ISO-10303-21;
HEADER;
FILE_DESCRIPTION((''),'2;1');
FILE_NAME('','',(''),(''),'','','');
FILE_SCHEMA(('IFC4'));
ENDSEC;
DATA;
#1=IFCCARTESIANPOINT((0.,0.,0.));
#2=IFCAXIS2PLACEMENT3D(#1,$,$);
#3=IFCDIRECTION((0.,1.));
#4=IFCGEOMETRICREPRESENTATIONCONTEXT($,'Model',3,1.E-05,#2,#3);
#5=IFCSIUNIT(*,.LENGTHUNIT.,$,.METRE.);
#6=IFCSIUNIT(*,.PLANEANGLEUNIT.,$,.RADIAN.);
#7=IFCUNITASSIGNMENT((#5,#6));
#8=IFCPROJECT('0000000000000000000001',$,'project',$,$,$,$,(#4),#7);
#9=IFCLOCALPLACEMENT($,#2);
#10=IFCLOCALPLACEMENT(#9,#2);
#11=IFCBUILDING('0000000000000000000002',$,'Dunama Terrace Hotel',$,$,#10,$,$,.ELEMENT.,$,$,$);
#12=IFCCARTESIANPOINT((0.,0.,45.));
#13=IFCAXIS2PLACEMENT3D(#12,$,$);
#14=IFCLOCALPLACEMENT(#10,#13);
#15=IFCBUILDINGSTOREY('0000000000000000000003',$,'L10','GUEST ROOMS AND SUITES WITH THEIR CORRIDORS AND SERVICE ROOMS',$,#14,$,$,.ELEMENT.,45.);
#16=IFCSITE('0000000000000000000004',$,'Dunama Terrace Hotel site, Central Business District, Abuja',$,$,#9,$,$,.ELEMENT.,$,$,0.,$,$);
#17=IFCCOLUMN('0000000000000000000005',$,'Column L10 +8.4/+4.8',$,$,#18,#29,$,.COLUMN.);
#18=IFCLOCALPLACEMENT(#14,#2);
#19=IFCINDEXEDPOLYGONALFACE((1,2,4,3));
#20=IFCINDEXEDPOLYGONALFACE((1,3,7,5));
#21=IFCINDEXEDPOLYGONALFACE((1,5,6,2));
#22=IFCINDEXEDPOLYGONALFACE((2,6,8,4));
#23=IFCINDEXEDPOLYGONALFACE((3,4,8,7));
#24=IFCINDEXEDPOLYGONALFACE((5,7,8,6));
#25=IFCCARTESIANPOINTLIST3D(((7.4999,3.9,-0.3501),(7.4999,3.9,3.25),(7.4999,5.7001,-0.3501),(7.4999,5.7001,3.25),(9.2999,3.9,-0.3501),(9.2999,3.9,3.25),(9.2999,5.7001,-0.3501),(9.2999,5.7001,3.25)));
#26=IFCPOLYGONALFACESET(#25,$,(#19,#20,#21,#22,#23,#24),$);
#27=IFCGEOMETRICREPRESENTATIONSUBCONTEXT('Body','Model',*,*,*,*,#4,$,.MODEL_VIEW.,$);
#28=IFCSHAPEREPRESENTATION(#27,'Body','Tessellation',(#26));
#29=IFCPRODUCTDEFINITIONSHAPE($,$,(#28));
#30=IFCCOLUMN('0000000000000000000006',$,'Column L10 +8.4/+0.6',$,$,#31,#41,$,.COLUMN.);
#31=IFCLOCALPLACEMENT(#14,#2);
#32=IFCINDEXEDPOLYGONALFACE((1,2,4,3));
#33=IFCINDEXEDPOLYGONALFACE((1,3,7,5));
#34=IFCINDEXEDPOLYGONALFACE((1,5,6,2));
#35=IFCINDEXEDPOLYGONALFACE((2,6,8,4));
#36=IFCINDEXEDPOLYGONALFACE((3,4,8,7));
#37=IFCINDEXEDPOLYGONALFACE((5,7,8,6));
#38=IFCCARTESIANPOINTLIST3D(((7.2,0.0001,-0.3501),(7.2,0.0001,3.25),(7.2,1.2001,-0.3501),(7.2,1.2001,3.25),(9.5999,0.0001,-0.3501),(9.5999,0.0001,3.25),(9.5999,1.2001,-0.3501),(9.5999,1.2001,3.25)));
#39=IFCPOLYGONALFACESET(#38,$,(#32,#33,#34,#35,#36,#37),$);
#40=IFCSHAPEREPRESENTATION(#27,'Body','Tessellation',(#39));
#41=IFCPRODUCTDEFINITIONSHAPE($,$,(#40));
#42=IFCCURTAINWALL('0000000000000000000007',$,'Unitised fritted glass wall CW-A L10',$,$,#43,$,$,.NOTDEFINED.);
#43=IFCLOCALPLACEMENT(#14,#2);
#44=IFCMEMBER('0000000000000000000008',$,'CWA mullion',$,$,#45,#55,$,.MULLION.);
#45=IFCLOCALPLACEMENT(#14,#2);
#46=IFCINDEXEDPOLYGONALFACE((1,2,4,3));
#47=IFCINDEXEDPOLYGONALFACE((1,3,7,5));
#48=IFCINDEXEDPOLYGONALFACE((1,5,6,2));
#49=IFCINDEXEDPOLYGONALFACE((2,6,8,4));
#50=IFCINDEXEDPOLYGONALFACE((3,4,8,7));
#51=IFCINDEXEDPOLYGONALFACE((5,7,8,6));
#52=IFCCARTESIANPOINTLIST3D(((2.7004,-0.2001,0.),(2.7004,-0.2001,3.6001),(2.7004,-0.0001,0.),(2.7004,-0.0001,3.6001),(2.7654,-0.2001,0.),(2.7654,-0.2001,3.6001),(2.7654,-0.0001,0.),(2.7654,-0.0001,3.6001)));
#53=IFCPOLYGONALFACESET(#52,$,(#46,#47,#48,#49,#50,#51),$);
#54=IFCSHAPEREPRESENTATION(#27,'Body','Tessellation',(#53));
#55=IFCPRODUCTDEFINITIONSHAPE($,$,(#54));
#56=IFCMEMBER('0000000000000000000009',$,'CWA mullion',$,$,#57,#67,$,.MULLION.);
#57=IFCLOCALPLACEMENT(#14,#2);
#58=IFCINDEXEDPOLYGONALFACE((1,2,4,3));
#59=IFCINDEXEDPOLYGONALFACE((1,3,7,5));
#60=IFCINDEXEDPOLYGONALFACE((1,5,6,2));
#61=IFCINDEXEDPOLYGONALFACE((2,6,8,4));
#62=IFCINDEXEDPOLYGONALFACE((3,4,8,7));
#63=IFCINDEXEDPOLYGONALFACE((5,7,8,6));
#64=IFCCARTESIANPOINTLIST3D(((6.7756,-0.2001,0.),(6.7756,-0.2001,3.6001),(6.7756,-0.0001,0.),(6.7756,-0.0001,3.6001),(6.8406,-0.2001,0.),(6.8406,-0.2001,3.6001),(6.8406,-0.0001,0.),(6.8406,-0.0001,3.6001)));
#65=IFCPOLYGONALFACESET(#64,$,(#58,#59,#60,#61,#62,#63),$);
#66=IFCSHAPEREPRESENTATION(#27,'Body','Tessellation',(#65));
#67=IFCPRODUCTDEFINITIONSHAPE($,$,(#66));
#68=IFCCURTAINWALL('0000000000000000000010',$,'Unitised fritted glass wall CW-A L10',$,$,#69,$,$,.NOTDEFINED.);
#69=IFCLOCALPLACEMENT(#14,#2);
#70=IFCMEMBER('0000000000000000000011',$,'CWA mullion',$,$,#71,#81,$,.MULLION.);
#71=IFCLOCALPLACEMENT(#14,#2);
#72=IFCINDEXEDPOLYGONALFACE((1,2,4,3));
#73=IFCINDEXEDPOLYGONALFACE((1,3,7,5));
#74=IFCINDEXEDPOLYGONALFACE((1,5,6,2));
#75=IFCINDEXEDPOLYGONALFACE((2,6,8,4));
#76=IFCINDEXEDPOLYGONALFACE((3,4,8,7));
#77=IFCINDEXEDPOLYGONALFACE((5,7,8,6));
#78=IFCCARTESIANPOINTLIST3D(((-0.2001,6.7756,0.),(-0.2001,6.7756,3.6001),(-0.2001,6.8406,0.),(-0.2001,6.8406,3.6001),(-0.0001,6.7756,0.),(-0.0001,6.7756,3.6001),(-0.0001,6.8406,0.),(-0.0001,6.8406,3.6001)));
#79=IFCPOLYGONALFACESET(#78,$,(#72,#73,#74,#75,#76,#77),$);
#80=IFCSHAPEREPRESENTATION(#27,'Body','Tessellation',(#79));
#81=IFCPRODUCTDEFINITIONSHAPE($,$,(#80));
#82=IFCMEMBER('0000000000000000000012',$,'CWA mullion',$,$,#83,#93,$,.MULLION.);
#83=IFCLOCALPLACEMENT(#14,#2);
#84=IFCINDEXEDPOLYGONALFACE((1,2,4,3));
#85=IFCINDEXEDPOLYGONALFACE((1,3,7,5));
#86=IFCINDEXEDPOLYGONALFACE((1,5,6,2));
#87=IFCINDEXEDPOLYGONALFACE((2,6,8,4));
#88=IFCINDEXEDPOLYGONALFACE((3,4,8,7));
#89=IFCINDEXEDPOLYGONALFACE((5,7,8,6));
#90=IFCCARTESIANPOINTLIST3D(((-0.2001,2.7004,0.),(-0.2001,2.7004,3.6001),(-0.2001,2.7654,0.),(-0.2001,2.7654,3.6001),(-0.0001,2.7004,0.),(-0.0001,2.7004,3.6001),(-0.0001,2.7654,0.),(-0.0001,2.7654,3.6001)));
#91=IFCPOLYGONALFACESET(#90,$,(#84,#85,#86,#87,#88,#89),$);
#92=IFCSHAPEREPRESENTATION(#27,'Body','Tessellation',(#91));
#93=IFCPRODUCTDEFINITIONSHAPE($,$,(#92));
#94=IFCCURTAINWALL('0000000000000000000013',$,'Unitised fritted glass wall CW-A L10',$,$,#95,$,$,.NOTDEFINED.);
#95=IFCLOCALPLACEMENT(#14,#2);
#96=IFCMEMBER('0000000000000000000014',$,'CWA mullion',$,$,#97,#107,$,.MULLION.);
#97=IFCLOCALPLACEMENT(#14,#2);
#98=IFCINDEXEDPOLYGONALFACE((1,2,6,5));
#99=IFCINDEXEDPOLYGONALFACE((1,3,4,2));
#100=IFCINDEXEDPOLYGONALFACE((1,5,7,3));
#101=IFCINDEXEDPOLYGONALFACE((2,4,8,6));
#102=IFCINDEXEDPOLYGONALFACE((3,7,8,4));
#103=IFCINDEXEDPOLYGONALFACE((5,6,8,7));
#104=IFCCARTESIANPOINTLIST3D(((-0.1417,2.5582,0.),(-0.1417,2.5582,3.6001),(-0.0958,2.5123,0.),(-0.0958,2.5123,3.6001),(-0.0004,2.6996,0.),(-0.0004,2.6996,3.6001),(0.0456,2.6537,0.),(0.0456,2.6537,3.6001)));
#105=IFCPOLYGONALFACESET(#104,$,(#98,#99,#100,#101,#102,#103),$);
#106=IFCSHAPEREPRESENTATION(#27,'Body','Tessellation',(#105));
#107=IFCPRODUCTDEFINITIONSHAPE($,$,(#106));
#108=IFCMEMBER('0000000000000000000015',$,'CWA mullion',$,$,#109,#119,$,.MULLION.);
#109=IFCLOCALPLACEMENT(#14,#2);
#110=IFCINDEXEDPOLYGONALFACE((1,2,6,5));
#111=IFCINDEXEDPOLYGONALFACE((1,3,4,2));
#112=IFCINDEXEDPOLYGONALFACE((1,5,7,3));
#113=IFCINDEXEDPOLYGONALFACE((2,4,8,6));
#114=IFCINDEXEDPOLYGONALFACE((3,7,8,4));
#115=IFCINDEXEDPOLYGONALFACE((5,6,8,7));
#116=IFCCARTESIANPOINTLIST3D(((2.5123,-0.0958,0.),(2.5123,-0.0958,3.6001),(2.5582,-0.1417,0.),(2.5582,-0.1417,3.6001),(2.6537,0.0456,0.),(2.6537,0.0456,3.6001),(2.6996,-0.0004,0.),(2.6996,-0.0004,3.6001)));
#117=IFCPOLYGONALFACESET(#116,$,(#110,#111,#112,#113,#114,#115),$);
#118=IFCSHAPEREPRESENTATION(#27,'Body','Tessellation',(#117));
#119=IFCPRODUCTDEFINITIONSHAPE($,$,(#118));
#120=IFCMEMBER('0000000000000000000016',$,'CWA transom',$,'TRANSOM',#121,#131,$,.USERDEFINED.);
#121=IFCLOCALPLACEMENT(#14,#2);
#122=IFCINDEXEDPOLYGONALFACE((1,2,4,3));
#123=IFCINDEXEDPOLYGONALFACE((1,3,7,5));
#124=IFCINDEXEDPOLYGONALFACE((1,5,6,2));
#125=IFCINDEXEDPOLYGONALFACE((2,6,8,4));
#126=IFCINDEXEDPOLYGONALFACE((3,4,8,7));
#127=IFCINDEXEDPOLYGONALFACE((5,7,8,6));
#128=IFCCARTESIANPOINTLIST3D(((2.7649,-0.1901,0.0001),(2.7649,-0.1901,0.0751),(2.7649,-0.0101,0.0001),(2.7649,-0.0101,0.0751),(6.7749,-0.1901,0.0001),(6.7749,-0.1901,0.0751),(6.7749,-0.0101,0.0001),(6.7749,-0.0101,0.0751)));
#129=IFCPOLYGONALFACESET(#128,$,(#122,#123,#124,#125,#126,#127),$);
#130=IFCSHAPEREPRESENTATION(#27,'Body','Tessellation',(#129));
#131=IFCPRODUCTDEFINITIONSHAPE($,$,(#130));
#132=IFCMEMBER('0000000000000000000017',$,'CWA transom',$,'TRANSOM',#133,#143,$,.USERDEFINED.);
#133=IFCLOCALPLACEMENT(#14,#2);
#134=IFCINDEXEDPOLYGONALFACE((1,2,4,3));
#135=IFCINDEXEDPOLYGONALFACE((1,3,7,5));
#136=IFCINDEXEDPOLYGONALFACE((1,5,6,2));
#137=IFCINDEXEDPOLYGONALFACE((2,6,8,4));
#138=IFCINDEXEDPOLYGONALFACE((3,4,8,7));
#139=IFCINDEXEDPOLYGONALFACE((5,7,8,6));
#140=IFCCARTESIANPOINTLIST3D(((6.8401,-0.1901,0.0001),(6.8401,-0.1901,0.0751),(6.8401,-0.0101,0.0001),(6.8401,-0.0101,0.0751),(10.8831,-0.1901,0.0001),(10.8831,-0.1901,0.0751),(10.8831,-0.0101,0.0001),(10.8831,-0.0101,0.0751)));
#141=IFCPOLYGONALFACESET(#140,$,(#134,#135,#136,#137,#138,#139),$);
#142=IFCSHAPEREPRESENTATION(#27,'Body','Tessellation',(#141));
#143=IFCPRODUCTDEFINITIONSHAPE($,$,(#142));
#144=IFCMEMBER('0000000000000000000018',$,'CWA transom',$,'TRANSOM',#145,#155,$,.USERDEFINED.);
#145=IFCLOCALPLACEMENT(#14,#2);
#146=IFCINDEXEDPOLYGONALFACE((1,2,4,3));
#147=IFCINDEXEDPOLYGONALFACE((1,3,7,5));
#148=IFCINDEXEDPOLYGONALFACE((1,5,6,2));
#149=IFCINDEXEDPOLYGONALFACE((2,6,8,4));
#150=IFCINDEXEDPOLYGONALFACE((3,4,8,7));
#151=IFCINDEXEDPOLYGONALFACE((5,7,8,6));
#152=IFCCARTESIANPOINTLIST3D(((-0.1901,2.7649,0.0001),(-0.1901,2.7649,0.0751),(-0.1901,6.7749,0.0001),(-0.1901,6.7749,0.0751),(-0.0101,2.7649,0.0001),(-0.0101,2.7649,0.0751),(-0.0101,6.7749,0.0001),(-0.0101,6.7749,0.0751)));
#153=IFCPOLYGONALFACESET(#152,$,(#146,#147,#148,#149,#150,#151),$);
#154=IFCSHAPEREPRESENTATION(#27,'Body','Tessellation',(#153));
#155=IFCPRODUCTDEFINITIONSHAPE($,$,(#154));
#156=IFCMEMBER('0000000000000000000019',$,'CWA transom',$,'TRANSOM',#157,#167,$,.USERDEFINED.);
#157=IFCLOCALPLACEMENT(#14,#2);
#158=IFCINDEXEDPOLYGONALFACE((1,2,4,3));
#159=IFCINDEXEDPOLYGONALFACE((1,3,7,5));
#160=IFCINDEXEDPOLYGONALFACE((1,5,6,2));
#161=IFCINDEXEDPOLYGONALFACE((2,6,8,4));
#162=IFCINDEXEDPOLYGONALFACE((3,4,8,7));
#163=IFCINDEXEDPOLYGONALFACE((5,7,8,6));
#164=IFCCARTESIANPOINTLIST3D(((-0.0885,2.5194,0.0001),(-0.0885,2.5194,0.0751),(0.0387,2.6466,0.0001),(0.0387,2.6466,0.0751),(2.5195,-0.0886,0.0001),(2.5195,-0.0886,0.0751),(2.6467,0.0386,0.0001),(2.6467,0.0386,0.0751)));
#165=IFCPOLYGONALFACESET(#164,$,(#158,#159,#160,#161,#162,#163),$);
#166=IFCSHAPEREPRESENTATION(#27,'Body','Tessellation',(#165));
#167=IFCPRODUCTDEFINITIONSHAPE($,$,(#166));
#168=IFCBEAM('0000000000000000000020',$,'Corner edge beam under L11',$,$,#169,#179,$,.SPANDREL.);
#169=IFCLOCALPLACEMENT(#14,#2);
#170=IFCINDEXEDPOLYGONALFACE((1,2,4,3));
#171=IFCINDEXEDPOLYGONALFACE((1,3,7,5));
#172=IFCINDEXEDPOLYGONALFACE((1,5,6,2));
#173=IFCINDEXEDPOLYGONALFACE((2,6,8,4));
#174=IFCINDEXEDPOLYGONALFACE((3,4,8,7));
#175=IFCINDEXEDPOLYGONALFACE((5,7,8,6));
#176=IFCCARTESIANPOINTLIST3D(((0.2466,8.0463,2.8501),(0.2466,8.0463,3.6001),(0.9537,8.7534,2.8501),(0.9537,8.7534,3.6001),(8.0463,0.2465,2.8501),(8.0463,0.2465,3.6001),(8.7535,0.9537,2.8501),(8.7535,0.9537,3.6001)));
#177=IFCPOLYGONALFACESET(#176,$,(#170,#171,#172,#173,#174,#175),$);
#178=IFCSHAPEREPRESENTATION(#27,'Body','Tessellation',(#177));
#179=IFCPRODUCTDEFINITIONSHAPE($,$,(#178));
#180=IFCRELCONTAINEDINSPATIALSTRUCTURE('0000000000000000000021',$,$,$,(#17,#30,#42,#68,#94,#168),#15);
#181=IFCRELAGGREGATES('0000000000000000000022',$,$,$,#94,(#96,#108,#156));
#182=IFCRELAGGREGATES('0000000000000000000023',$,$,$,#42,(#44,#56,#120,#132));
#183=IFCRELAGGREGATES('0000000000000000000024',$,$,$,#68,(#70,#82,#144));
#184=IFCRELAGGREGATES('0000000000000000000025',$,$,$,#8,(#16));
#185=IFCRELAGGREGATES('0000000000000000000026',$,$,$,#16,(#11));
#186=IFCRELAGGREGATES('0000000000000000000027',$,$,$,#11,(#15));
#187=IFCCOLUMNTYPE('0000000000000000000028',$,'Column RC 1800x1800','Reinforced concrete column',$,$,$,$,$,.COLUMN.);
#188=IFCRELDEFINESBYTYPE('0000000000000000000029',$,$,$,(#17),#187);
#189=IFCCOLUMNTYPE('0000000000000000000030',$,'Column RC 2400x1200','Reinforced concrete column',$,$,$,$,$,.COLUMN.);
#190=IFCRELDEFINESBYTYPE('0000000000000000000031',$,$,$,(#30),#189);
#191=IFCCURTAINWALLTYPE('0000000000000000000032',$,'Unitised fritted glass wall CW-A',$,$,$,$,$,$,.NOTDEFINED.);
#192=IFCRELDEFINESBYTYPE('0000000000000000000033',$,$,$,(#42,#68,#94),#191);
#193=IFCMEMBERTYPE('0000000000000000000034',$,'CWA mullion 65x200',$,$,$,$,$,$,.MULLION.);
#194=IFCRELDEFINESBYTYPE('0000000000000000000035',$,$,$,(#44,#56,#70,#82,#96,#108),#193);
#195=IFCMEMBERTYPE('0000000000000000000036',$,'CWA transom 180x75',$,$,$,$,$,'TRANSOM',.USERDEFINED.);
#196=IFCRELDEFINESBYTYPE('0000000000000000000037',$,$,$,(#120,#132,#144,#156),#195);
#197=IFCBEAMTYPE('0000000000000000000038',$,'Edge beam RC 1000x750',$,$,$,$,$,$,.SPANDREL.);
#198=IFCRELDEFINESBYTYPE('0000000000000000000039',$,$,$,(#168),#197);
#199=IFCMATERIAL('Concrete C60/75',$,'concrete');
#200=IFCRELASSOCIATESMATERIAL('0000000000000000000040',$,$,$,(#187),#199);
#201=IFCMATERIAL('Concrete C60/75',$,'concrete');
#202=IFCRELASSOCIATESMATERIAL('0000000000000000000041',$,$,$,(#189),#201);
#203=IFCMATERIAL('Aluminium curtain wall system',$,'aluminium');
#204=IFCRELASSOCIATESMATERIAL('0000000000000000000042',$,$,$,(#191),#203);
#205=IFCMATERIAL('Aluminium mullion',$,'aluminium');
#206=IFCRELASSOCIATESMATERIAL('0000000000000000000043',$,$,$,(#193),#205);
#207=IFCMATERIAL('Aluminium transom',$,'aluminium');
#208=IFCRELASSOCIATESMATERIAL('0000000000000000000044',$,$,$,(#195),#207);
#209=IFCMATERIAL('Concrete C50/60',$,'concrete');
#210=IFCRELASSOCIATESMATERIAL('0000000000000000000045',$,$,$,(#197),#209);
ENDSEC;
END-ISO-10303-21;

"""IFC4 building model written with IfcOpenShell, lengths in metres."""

from ifc_helpers import new_model, si_unit, direction, frame, origin, origin_2d, place, context, subcontext, project, spatial, rectangle, extrude, material, material_profile, profile_set, type_object, element, aggregate, save


model = new_model("IFC4")

# Units and contexts
model_context = context("Model", 3, precision=1e-05, world=origin(), true_north=direction((0.0, 1.0)))
body_context = subcontext(model_context, "Body", "Model", "MODEL_VIEW")
ifc_project = project(units=[si_unit("LENGTHUNIT", "METRE"), si_unit("PLANEANGLEUNIT", "RADIAN")], contexts=[model_context])

# Site, building, storey
site_placement = place(None, origin())
site = spatial("IfcSite", under=ifc_project, at=site_placement, Name="Dunama Terrace Hotel site, Central Business District, Abuja", CompositionType="ELEMENT", RefElevation=0.0)
building_placement = place(site_placement, origin())
building = spatial("IfcBuilding", under=site, at=building_placement, Name="Dunama Terrace Hotel", CompositionType="ELEMENT")
storey_placement = place(building_placement, frame((0.0, 0.0, 45.0)))
storey = spatial("IfcBuildingStorey", under=building, at=storey_placement, Name="L10", Description="GUEST ROOMS AND SUITES WITH THEIR CORRIDORS AND SERVICE ROOMS", CompositionType="ELEMENT", Elevation=45.0)

# Columns
ifc_material_1 = material(Name="Concrete C60/75", Category="concrete")
ifc_material_profile_1 = material_profile(ifc_material_1, rectangle(XDim=1.8, YDim=1.8, at=origin_2d()), Name="RC 1800x1800")
ifc_profile_set_1 = profile_set([ifc_material_profile_1], Name="Concrete C60/75")
column_type_1 = type_object("IfcColumnType", Name="Column RC 1800x1800", Description="Reinforced concrete column", PredefinedType="COLUMN", material=ifc_profile_set_1)
column_1_placement = place(storey_placement, frame((8.3999, 4.8, -0.3501), z_axis=(0.0, 0.0, 1.0), x_axis=(1.0, 0.0, 0.0)))
element("IfcColumn", 1, at=column_1_placement, inside=storey, type_object=column_type_1, Name="Column L10 +8.4/+4.8", PredefinedType="COLUMN", context=body_context, shape_type="SweptSolid", body=[
    extrude(rectangle(XDim=1.8, YDim=1.8, at=origin_2d()), origin(), (0.0, 0.0, 1.0), 3.6001),
])
ifc_material_2 = material(Name="Concrete C60/75", Category="concrete")
ifc_material_profile_2 = material_profile(ifc_material_2, rectangle(XDim=2.3999, YDim=1.2, at=origin_2d()), Name="RC 2400x1200")
ifc_profile_set_2 = profile_set([ifc_material_profile_2], Name="Concrete C60/75")
column_type_2 = type_object("IfcColumnType", Name="Column RC 2400x1200", Description="Reinforced concrete column", PredefinedType="COLUMN", material=ifc_profile_set_2)
column_2_placement = place(storey_placement, frame((8.3999, 0.6001, -0.3501), z_axis=(0.0, 0.0, 1.0), x_axis=(1.0, 0.0, 0.0)))
element("IfcColumn", 2, at=column_2_placement, inside=storey, type_object=column_type_2, Name="Column L10 +8.4/+0.6", PredefinedType="COLUMN", context=body_context, shape_type="SweptSolid", body=[
    extrude(rectangle(XDim=2.3999, YDim=1.2, at=origin_2d()), origin(), (0.0, 0.0, 1.0), 3.6001),
])

# Curtain walls, members
ifc_material_3 = material(Name="Aluminium curtain wall system", Category="aluminium")
curtain_wall_type = type_object("IfcCurtainWallType", Name="Unitised fritted glass wall CW-A", PredefinedType="NOTDEFINED", material=ifc_material_3)
curtain_wall_1_placement = place(storey_placement, origin())
curtain_wall_1 = element("IfcCurtainWall", 3, at=curtain_wall_1_placement, inside=storey, type_object=curtain_wall_type, Name="Unitised fritted glass wall CW-A L10", PredefinedType="NOTDEFINED")
ifc_material_4 = material(Name="Aluminium mullion", Category="aluminium")
ifc_material_profile_3 = material_profile(ifc_material_4, rectangle(XDim=0.0649, YDim=0.2, at=origin_2d()), Name="CWA MULLION 65X200")
ifc_profile_set_3 = profile_set([ifc_material_profile_3], Name="Aluminium mullion")
member_type_1 = type_object("IfcMemberType", Name="CWA mullion 65x200", PredefinedType="MULLION", material=ifc_profile_set_3)
member_1_placement = place(storey_placement, frame((2.7329, -0.1001, 0.0), z_axis=(0.0, 0.0, 1.0), x_axis=(1.0, 0.0, 0.0)))
member_1 = element("IfcMember", 4, at=member_1_placement, type_object=member_type_1, Name="CWA mullion", PredefinedType="MULLION", context=body_context, shape_type="SweptSolid", body=[
    extrude(rectangle(XDim=0.0649, YDim=0.2, at=origin_2d()), origin(), (0.0, 0.0, 1.0), 3.6001),
])
member_2_placement = place(storey_placement, frame((6.8081, -0.1001, 0.0), z_axis=(0.0, 0.0, 1.0), x_axis=(1.0, 0.0, 0.0)))
member_2 = element("IfcMember", 5, at=member_2_placement, type_object=member_type_1, Name="CWA mullion", PredefinedType="MULLION", context=body_context, shape_type="SweptSolid", body=[
    extrude(rectangle(XDim=0.0649, YDim=0.2, at=origin_2d()), origin(), (0.0, 0.0, 1.0), 3.6001),
])
curtain_wall_2_placement = place(storey_placement, origin())
curtain_wall_2 = element("IfcCurtainWall", 6, at=curtain_wall_2_placement, inside=storey, type_object=curtain_wall_type, Name="Unitised fritted glass wall CW-A L10", PredefinedType="NOTDEFINED")
member_3_placement = place(storey_placement, frame((-0.1001, 6.8081, 0.0), z_axis=(0.0, 0.0, 1.0), x_axis=(0.0, -1.0, 0.0)))
member_3 = element("IfcMember", 7, at=member_3_placement, type_object=member_type_1, Name="CWA mullion", PredefinedType="MULLION", context=body_context, shape_type="SweptSolid", body=[
    extrude(rectangle(XDim=0.0649, YDim=0.2, at=origin_2d()), origin(), (0.0, 0.0, 1.0), 3.6001),
])
member_4_placement = place(storey_placement, frame((-0.1001, 2.7329, 0.0), z_axis=(0.0, 0.0, 1.0), x_axis=(0.0, -1.0, 0.0)))
member_4 = element("IfcMember", 8, at=member_4_placement, type_object=member_type_1, Name="CWA mullion", PredefinedType="MULLION", context=body_context, shape_type="SweptSolid", body=[
    extrude(rectangle(XDim=0.0649, YDim=0.2, at=origin_2d()), origin(), (0.0, 0.0, 1.0), 3.6001),
])
curtain_wall_3_placement = place(storey_placement, origin())
curtain_wall_3 = element("IfcCurtainWall", 9, at=curtain_wall_3_placement, inside=storey, type_object=curtain_wall_type, Name="Unitised fritted glass wall CW-A L10", PredefinedType="NOTDEFINED")
member_5_placement = place(storey_placement, frame((-0.0481, 2.606, 0.0), z_axis=(0.0, 0.0, 1.0), x_axis=(0.707107, -0.707107, 0.0)))
member_5 = element("IfcMember", 10, at=member_5_placement, type_object=member_type_1, Name="CWA mullion", PredefinedType="MULLION", context=body_context, shape_type="SweptSolid", body=[
    extrude(rectangle(XDim=0.0649, YDim=0.2, at=origin_2d()), origin(), (0.0, 0.0, 1.0), 3.6001),
])
member_6_placement = place(storey_placement, frame((2.606, -0.0481, 0.0), z_axis=(0.0, 0.0, 1.0), x_axis=(0.707107, -0.707107, 0.0)))
member_6 = element("IfcMember", 11, at=member_6_placement, type_object=member_type_1, Name="CWA mullion", PredefinedType="MULLION", context=body_context, shape_type="SweptSolid", body=[
    extrude(rectangle(XDim=0.0649, YDim=0.2, at=origin_2d()), origin(), (0.0, 0.0, 1.0), 3.6001),
])

# Members
ifc_material_5 = material(Name="Aluminium transom", Category="aluminium")
ifc_material_profile_4 = material_profile(ifc_material_5, rectangle(XDim=0.1799, YDim=0.075, at=origin_2d()), Name="CWA TRANSOM 180X75")
ifc_profile_set_4 = profile_set([ifc_material_profile_4], Name="Aluminium transom")
member_type_2 = type_object("IfcMemberType", Name="CWA transom 180x75", ElementType="TRANSOM", PredefinedType="USERDEFINED", material=ifc_profile_set_4)
member_7_placement = place(storey_placement, frame((2.7649, -0.1001, 0.0376), z_axis=(1.0, 0.0, 0.0), x_axis=(0.0, 1.0, 0.0)))
member_7 = element("IfcMember", 12, at=member_7_placement, type_object=member_type_2, Name="CWA transom", ObjectType="TRANSOM", PredefinedType="USERDEFINED", context=body_context, shape_type="SweptSolid", body=[
    extrude(rectangle(XDim=0.1799, YDim=0.075, at=origin_2d()), origin(), (0.0, 0.0, 1.0), 4.01),
])
member_8_placement = place(storey_placement, frame((6.8401, -0.1001, 0.0376), z_axis=(1.0, 0.0, 0.0), x_axis=(0.0, 1.0, 0.0)))
member_8 = element("IfcMember", 13, at=member_8_placement, type_object=member_type_2, Name="CWA transom", ObjectType="TRANSOM", PredefinedType="USERDEFINED", context=body_context, shape_type="SweptSolid", body=[
    extrude(rectangle(XDim=0.1799, YDim=0.075, at=origin_2d()), origin(), (0.0, 0.0, 1.0), 4.043),
])
member_9_placement = place(storey_placement, frame((-0.1001, 6.7749, 0.0376), z_axis=(0.0, -1.0, 0.0), x_axis=(1.0, 0.0, 0.0)))
member_9 = element("IfcMember", 14, at=member_9_placement, type_object=member_type_2, Name="CWA transom", ObjectType="TRANSOM", PredefinedType="USERDEFINED", context=body_context, shape_type="SweptSolid", body=[
    extrude(rectangle(XDim=0.1799, YDim=0.075, at=origin_2d()), origin(), (0.0, 0.0, 1.0), 4.01),
])
member_10_placement = place(storey_placement, frame((-0.0249, 2.583, 0.0376), z_axis=(0.707107, -0.707107, 0.0), x_axis=(0.707107, 0.707107, 0.0)))
member_10 = element("IfcMember", 15, at=member_10_placement, type_object=member_type_2, Name="CWA transom", ObjectType="TRANSOM", PredefinedType="USERDEFINED", context=body_context, shape_type="SweptSolid", body=[
    extrude(rectangle(XDim=0.1799, YDim=0.075, at=origin_2d()), origin(), (0.0, 0.0, 1.0), 3.6882),
])

# Beam
ifc_material_6 = material(Name="Concrete C50/60", Category="concrete")
ifc_material_profile_5 = material_profile(ifc_material_6, rectangle(XDim=1.0, YDim=0.75, at=origin_2d()), Name="RC 1000x750")
ifc_profile_set_5 = profile_set([ifc_material_profile_5], Name="Concrete C50/60")
beam_type_1 = type_object("IfcBeamType", Name="Edge beam RC 1000x750", PredefinedType="SPANDREL", material=ifc_profile_set_5)
beam_1_placement = place(storey_placement, frame((8.3999, 0.6001, 3.2251), z_axis=(-0.707107, 0.707107, 0.0), x_axis=(-0.707107, -0.707107, 0.0)))
element("IfcBeam", 16, at=beam_1_placement, inside=storey, type_object=beam_type_1, Name="Corner edge beam under L11", PredefinedType="SPANDREL", context=body_context, shape_type="SweptSolid", body=[
    extrude(rectangle(XDim=1.0, YDim=0.75, at=origin_2d()), origin(), (0.0, 0.0, 1.0), 11.0305),
])

aggregate(curtain_wall_3, [member_5, member_6, member_10])
aggregate(curtain_wall_1, [member_1, member_2, member_7, member_8])
aggregate(curtain_wall_2, [member_3, member_4, member_9])

save(model, "model.ifc")
